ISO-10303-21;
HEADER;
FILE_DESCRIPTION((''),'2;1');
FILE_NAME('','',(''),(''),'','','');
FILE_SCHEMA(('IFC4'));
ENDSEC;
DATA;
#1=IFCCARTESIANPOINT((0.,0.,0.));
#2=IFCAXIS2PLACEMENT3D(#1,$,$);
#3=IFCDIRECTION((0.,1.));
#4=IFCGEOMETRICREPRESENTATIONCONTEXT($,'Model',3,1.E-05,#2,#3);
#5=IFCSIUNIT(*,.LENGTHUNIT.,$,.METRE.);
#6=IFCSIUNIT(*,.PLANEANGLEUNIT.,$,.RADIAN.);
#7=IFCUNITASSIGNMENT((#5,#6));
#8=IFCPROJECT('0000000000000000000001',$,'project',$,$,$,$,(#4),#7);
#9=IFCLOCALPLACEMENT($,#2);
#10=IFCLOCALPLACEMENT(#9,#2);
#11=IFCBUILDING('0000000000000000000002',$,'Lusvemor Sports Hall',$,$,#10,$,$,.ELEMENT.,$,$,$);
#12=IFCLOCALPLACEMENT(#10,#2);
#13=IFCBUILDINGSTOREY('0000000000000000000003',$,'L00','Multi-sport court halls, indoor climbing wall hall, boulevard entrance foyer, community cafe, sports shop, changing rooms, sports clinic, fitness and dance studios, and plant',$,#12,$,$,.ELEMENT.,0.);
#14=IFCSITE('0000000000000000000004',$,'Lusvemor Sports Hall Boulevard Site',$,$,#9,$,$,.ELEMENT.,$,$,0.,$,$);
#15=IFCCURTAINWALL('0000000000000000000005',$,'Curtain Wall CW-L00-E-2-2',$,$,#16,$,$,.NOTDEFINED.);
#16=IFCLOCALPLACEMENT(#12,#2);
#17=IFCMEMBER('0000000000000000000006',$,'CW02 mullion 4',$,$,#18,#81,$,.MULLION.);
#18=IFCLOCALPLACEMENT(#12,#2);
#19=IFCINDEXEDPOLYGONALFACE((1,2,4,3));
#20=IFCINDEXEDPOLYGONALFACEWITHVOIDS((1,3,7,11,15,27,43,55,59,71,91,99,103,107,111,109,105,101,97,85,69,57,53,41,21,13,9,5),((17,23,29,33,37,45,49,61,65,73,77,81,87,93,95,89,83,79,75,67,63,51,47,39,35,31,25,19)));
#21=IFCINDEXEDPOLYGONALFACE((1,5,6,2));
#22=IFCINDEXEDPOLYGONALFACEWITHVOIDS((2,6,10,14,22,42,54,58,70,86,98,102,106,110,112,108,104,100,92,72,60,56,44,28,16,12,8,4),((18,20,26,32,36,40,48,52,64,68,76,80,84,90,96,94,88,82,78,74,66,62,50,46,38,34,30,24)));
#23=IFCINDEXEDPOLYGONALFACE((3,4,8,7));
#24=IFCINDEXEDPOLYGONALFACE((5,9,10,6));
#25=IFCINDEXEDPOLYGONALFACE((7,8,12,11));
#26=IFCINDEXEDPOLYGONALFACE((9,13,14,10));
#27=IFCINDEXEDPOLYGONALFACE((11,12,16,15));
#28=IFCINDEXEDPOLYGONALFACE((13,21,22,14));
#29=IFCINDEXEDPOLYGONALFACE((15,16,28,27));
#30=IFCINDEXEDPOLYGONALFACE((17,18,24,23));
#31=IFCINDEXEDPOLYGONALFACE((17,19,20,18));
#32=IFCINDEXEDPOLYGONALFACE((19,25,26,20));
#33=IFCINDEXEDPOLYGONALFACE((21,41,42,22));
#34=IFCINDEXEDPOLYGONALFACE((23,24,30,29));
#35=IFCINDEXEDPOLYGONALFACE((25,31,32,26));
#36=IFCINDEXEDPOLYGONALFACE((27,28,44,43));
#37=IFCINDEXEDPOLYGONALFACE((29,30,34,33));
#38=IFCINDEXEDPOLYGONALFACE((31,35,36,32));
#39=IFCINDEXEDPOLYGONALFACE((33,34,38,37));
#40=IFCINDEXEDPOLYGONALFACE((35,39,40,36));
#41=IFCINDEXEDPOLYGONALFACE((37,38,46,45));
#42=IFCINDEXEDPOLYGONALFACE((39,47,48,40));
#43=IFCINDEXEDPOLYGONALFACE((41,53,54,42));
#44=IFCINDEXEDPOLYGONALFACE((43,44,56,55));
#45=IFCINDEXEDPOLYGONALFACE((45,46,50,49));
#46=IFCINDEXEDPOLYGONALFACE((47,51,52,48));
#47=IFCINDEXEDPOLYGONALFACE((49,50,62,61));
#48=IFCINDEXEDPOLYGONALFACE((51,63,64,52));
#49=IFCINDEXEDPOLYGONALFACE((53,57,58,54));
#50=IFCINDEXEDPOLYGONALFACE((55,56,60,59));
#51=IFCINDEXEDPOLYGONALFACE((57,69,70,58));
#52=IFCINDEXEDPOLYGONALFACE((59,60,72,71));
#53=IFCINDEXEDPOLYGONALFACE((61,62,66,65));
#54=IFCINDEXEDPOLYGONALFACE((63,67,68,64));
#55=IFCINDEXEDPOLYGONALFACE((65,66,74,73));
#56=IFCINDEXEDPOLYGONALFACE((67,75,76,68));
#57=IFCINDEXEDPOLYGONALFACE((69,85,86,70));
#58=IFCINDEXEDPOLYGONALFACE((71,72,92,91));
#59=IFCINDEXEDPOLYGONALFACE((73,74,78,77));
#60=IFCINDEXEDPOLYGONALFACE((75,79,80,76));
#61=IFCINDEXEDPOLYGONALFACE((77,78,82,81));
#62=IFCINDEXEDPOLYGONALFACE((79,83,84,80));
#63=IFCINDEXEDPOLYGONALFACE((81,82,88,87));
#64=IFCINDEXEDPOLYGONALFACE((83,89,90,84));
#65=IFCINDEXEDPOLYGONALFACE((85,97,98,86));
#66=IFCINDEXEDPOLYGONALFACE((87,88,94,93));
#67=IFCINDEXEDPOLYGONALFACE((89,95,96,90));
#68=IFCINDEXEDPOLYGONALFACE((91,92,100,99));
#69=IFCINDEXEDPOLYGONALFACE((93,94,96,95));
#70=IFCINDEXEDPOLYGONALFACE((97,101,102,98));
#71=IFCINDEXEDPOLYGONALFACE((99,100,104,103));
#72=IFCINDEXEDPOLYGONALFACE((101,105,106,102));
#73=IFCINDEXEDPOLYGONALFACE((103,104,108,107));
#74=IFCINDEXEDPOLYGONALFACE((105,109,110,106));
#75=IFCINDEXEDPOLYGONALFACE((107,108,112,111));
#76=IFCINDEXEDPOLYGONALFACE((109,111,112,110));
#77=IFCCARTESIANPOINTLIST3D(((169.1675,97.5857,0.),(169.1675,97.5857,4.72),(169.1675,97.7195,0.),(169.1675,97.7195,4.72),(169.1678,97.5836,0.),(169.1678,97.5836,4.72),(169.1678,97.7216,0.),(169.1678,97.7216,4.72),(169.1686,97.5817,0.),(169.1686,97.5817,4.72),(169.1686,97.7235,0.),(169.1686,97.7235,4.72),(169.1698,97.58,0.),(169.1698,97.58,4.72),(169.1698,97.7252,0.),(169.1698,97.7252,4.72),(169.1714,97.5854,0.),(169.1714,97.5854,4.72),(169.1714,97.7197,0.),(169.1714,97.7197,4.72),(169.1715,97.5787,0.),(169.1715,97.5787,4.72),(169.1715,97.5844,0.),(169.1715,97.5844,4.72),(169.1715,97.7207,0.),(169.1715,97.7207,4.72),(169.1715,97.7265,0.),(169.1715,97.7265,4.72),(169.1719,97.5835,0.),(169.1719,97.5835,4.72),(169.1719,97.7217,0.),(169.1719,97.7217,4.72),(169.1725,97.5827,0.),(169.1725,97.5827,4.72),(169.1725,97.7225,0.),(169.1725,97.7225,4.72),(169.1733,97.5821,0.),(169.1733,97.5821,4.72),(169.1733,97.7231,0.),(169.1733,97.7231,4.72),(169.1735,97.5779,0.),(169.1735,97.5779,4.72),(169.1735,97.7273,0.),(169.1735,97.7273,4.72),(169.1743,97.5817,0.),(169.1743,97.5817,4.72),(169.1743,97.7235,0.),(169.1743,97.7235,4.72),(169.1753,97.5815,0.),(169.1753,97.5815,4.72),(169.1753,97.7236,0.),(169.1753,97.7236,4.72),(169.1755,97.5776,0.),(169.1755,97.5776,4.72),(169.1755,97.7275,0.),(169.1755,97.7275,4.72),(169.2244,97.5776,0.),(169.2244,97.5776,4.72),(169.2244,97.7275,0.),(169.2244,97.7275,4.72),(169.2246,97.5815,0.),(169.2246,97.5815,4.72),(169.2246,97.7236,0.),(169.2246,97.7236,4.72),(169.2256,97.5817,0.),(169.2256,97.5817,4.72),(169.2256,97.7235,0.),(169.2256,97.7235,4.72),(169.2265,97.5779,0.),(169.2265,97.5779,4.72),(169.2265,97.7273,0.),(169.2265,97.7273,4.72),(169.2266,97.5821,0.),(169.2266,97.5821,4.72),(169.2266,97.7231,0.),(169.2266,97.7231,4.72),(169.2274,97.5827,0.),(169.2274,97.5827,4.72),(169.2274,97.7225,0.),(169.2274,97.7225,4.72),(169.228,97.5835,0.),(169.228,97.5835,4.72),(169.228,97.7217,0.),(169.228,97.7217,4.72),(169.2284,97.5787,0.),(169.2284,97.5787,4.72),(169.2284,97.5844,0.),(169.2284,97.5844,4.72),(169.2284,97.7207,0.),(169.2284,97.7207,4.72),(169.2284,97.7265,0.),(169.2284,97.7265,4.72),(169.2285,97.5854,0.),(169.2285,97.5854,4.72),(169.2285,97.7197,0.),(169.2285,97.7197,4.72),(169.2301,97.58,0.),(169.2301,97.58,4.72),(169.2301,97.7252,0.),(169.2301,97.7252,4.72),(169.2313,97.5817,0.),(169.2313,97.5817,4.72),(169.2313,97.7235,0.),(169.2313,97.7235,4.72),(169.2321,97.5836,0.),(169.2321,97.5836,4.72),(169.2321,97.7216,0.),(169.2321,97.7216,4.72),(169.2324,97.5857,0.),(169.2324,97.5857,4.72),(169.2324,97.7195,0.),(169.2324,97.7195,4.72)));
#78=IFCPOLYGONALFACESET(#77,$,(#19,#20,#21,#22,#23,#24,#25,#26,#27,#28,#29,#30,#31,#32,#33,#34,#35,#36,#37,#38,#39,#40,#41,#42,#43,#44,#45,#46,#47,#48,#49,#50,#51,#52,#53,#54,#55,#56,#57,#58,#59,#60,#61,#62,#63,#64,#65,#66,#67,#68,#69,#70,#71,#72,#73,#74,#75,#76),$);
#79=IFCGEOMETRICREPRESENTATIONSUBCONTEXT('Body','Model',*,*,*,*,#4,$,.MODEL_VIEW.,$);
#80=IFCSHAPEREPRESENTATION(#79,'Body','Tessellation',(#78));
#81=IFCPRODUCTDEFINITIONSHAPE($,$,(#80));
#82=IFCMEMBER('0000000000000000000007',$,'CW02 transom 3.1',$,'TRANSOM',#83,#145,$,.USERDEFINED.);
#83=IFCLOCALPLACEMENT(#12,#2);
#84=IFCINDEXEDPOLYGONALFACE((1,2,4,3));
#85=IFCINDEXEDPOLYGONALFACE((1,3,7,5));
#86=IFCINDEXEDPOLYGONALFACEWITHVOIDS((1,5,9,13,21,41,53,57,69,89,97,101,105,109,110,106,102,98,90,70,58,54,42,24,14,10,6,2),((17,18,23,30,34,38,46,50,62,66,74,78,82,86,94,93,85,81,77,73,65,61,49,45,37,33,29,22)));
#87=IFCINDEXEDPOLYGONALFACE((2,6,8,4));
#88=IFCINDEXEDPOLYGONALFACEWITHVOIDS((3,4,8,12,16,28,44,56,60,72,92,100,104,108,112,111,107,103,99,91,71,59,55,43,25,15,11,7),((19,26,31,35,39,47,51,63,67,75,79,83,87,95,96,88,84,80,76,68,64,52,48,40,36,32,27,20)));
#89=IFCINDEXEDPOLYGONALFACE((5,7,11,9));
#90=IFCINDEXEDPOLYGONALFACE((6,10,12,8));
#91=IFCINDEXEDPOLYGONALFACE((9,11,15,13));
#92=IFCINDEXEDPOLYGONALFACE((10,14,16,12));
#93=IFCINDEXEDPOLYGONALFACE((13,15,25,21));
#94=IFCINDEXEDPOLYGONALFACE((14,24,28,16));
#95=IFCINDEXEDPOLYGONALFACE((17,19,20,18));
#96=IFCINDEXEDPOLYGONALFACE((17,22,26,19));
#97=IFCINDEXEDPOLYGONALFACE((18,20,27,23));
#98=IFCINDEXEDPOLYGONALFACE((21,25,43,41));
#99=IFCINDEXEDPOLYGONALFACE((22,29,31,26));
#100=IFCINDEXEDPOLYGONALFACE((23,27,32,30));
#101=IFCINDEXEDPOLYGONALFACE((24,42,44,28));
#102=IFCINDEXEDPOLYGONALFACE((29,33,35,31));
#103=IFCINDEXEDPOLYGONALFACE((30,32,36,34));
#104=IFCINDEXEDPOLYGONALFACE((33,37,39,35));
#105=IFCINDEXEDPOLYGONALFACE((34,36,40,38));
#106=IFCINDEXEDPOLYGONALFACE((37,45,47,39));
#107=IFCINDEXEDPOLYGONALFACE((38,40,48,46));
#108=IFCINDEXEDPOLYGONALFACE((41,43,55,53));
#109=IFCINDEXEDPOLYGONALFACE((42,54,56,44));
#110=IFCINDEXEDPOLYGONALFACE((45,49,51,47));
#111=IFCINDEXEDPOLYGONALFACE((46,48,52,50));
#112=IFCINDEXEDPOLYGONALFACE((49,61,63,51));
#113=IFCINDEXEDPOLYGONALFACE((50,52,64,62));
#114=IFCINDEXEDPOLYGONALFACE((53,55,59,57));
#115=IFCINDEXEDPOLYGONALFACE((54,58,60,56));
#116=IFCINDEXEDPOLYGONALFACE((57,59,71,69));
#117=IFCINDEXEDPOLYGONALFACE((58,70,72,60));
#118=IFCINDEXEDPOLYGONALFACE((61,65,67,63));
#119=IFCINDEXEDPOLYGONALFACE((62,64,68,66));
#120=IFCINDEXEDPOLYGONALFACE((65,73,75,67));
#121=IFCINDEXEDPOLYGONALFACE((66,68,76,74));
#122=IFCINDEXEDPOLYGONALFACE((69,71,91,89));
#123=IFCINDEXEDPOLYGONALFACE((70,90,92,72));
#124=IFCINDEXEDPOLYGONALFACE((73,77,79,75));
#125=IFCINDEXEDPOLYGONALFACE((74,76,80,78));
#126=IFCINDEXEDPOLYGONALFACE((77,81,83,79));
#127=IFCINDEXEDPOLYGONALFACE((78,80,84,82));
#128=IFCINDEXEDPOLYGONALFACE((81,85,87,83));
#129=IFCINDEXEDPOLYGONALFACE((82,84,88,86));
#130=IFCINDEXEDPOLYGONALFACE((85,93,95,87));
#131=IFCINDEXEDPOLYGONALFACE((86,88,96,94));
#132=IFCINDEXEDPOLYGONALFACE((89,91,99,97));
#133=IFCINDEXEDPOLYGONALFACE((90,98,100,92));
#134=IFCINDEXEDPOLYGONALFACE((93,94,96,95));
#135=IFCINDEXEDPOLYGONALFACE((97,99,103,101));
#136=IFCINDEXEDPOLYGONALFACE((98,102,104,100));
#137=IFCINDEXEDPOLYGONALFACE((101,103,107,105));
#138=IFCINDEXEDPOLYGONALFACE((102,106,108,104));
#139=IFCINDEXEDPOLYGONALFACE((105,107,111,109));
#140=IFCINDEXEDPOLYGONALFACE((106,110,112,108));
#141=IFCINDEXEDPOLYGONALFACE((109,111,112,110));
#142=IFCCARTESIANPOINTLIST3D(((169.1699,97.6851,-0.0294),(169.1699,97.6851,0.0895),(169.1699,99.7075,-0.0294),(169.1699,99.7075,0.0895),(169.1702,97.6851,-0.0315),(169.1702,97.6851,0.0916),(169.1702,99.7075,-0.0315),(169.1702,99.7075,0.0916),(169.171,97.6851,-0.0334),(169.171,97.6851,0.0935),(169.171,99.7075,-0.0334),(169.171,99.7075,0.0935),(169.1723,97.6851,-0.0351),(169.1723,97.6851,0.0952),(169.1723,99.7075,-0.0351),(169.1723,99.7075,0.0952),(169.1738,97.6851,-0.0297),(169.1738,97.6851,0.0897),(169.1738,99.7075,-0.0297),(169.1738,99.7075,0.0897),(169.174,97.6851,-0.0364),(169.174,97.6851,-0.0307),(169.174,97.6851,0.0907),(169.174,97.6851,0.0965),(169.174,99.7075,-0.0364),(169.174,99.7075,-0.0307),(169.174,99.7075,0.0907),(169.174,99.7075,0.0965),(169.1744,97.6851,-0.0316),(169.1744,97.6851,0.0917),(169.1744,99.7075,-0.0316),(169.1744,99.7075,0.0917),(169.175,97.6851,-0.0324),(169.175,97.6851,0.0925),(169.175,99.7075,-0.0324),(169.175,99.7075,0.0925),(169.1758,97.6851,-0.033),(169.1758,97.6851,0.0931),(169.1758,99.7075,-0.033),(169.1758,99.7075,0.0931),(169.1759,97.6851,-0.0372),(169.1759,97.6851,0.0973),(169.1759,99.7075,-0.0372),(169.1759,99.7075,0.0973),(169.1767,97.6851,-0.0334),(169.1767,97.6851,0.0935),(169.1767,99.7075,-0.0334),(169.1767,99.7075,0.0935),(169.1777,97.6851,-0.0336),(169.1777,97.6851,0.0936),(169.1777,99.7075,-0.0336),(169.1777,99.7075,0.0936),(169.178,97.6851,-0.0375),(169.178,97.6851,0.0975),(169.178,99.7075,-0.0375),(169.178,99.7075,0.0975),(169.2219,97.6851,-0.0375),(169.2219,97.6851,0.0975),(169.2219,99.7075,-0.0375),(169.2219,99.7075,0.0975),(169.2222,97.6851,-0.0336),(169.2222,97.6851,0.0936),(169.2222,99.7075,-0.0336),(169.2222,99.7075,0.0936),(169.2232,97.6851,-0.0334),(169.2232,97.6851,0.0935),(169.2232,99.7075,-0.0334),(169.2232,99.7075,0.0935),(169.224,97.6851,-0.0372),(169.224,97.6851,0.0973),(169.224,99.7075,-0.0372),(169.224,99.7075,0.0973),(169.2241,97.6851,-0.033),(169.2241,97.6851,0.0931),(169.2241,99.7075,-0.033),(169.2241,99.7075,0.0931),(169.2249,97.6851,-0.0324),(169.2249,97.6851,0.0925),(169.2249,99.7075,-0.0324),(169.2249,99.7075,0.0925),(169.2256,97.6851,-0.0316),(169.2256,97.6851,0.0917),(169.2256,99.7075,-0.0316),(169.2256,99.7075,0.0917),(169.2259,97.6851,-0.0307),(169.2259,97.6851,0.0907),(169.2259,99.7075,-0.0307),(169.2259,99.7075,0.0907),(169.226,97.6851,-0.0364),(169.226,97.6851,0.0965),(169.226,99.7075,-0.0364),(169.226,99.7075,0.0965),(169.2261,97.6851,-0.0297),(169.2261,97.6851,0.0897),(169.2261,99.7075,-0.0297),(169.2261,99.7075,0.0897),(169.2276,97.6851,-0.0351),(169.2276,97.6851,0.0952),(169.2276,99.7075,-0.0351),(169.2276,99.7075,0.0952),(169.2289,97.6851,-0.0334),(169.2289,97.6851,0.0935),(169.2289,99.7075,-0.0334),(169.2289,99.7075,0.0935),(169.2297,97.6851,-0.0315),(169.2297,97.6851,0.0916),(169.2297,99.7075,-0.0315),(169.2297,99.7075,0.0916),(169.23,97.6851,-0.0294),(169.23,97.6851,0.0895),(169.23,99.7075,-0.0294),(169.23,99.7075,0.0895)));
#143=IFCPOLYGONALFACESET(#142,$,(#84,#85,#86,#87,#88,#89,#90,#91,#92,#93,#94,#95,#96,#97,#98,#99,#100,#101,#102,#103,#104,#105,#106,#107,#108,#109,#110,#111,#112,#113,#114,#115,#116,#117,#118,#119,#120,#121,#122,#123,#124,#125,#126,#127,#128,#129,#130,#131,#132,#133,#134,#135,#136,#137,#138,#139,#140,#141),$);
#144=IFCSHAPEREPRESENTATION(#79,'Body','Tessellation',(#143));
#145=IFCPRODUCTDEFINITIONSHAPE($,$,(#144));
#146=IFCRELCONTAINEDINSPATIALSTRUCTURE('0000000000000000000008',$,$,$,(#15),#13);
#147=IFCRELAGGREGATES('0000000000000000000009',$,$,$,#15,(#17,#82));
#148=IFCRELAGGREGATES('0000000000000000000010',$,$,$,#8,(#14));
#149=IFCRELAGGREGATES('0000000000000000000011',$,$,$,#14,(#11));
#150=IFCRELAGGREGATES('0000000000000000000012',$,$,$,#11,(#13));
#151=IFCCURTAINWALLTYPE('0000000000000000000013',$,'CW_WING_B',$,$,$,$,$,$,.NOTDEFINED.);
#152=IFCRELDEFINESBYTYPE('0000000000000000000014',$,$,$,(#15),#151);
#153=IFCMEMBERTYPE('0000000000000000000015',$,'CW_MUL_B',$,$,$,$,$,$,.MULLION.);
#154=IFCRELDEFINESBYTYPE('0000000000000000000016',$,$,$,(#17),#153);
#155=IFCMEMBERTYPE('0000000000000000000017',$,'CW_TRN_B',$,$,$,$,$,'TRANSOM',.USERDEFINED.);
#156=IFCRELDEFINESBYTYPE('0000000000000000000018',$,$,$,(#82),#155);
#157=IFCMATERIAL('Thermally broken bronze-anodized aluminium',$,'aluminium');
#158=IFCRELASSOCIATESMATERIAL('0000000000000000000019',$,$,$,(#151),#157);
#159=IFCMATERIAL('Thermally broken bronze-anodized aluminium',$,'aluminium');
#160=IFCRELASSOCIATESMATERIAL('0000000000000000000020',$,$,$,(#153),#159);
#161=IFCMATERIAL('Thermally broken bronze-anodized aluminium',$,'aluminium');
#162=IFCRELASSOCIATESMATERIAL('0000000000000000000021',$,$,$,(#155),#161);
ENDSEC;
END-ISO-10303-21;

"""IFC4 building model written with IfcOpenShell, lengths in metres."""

from ifc_helpers import new_model, si_unit, direction, frame, origin, origin_2d, place, context, subcontext, project, spatial, hollow_rectangle, extrude, material, material_profile, profile_set, type_object, element, aggregate, save


model = new_model("IFC4")

# Units and contexts
model_context = context("Model", 3, precision=1e-05, world=origin(), true_north=direction((0.0, 1.0)))
body_context = subcontext(model_context, "Body", "Model", "MODEL_VIEW")
ifc_project = project(units=[si_unit("LENGTHUNIT", "METRE"), si_unit("PLANEANGLEUNIT", "RADIAN")], contexts=[model_context])

# Site, building, storey
site_placement = place(None, origin())
site = spatial("IfcSite", under=ifc_project, at=site_placement, Name="Lusvemor Sports Hall Boulevard Site", CompositionType="ELEMENT", RefElevation=0.0)
building_placement = place(site_placement, origin())
building = spatial("IfcBuilding", under=site, at=building_placement, Name="Lusvemor Sports Hall", CompositionType="ELEMENT")
storey_placement = place(building_placement, origin())
storey = spatial("IfcBuildingStorey", under=building, at=storey_placement, Name="L00", Description="Multi-sport court halls, indoor climbing wall hall, boulevard entrance foyer, community cafe, sports shop, changing rooms, sports clinic, fitness and dance studios, and plant", CompositionType="ELEMENT", Elevation=0.0)

# Shared definitions
ifc_material_1 = material(Name="Thermally broken bronze-anodized aluminium", Category="aluminium")
curtain_wall_type = type_object("IfcCurtainWallType", Name="CW_WING_B", PredefinedType="NOTDEFINED", material=ifc_material_1)
ifc_material_2 = material(Name="Thermally broken bronze-anodized aluminium", Category="aluminium")
ifc_material_profile_1 = material_profile(ifc_material_2, hollow_rectangle(XDim=0.0649, YDim=0.1499, WallThickness=0.0039, InnerFilletRadius=0.0039, OuterFilletRadius=0.0081, at=origin_2d()), Name="CWMUL150x65x4")
ifc_profile_set_1 = profile_set([ifc_material_profile_1], Name="Thermally broken bronze-anodized aluminium")
member_type_1 = type_object("IfcMemberType", Name="CW_MUL_B", PredefinedType="MULLION", material=ifc_profile_set_1)

# Curtain wall, members
curtain_wall_1_placement = place(storey_placement, origin())
curtain_wall_1 = element("IfcCurtainWall", 1, at=curtain_wall_1_placement, inside=storey, type_object=curtain_wall_type, Name="Curtain Wall CW-L00-E-2-2", PredefinedType="NOTDEFINED")
member_1_placement = place(storey_placement, frame((169.2, 97.6526, 0.0), z_axis=(0.0, 0.0, 1.0), x_axis=(1.0, 0.0, 0.0)))
member_1 = element("IfcMember", 2, at=member_1_placement, type_object=member_type_1, Name="CW02 mullion 4", PredefinedType="MULLION", context=body_context, shape_type="SweptSolid", body=[
    extrude(hollow_rectangle(XDim=0.0649, YDim=0.1499, WallThickness=0.0039, InnerFilletRadius=0.0039, OuterFilletRadius=0.0081, at=origin_2d()), origin(), (0.0, 0.0, 1.0), 4.72),
])
ifc_material_3 = material(Name="Thermally broken bronze-anodized aluminium", Category="aluminium")
ifc_material_profile_2 = material_profile(ifc_material_3, hollow_rectangle(XDim=0.0601, YDim=0.135, WallThickness=0.0039, InnerFilletRadius=0.0039, OuterFilletRadius=0.0081, at=origin_2d()), Name="CWTRN135x60x4")
ifc_profile_set_2 = profile_set([ifc_material_profile_2], Name="Thermally broken bronze-anodized aluminium")
member_type_2 = type_object("IfcMemberType", Name="CW_TRN_B", ElementType="TRANSOM", PredefinedType="USERDEFINED", material=ifc_profile_set_2)
member_2_placement = place(storey_placement, frame((169.2, 99.7075, 0.03), z_axis=(0.0, -1.0, 0.0), x_axis=(1.0, 0.0, 0.0)))
member_2 = element("IfcMember", 3, at=member_2_placement, type_object=member_type_2, Name="CW02 transom 3.1", ObjectType="TRANSOM", PredefinedType="USERDEFINED", context=body_context, shape_type="SweptSolid", body=[
    extrude(hollow_rectangle(XDim=0.0601, YDim=0.135, WallThickness=0.0039, InnerFilletRadius=0.0039, OuterFilletRadius=0.0081, at=origin_2d()), origin(), (0.0, 0.0, 1.0), 2.0225),
])
aggregate(curtain_wall_1, [member_1, member_2])

save(model, "model.ifc")
